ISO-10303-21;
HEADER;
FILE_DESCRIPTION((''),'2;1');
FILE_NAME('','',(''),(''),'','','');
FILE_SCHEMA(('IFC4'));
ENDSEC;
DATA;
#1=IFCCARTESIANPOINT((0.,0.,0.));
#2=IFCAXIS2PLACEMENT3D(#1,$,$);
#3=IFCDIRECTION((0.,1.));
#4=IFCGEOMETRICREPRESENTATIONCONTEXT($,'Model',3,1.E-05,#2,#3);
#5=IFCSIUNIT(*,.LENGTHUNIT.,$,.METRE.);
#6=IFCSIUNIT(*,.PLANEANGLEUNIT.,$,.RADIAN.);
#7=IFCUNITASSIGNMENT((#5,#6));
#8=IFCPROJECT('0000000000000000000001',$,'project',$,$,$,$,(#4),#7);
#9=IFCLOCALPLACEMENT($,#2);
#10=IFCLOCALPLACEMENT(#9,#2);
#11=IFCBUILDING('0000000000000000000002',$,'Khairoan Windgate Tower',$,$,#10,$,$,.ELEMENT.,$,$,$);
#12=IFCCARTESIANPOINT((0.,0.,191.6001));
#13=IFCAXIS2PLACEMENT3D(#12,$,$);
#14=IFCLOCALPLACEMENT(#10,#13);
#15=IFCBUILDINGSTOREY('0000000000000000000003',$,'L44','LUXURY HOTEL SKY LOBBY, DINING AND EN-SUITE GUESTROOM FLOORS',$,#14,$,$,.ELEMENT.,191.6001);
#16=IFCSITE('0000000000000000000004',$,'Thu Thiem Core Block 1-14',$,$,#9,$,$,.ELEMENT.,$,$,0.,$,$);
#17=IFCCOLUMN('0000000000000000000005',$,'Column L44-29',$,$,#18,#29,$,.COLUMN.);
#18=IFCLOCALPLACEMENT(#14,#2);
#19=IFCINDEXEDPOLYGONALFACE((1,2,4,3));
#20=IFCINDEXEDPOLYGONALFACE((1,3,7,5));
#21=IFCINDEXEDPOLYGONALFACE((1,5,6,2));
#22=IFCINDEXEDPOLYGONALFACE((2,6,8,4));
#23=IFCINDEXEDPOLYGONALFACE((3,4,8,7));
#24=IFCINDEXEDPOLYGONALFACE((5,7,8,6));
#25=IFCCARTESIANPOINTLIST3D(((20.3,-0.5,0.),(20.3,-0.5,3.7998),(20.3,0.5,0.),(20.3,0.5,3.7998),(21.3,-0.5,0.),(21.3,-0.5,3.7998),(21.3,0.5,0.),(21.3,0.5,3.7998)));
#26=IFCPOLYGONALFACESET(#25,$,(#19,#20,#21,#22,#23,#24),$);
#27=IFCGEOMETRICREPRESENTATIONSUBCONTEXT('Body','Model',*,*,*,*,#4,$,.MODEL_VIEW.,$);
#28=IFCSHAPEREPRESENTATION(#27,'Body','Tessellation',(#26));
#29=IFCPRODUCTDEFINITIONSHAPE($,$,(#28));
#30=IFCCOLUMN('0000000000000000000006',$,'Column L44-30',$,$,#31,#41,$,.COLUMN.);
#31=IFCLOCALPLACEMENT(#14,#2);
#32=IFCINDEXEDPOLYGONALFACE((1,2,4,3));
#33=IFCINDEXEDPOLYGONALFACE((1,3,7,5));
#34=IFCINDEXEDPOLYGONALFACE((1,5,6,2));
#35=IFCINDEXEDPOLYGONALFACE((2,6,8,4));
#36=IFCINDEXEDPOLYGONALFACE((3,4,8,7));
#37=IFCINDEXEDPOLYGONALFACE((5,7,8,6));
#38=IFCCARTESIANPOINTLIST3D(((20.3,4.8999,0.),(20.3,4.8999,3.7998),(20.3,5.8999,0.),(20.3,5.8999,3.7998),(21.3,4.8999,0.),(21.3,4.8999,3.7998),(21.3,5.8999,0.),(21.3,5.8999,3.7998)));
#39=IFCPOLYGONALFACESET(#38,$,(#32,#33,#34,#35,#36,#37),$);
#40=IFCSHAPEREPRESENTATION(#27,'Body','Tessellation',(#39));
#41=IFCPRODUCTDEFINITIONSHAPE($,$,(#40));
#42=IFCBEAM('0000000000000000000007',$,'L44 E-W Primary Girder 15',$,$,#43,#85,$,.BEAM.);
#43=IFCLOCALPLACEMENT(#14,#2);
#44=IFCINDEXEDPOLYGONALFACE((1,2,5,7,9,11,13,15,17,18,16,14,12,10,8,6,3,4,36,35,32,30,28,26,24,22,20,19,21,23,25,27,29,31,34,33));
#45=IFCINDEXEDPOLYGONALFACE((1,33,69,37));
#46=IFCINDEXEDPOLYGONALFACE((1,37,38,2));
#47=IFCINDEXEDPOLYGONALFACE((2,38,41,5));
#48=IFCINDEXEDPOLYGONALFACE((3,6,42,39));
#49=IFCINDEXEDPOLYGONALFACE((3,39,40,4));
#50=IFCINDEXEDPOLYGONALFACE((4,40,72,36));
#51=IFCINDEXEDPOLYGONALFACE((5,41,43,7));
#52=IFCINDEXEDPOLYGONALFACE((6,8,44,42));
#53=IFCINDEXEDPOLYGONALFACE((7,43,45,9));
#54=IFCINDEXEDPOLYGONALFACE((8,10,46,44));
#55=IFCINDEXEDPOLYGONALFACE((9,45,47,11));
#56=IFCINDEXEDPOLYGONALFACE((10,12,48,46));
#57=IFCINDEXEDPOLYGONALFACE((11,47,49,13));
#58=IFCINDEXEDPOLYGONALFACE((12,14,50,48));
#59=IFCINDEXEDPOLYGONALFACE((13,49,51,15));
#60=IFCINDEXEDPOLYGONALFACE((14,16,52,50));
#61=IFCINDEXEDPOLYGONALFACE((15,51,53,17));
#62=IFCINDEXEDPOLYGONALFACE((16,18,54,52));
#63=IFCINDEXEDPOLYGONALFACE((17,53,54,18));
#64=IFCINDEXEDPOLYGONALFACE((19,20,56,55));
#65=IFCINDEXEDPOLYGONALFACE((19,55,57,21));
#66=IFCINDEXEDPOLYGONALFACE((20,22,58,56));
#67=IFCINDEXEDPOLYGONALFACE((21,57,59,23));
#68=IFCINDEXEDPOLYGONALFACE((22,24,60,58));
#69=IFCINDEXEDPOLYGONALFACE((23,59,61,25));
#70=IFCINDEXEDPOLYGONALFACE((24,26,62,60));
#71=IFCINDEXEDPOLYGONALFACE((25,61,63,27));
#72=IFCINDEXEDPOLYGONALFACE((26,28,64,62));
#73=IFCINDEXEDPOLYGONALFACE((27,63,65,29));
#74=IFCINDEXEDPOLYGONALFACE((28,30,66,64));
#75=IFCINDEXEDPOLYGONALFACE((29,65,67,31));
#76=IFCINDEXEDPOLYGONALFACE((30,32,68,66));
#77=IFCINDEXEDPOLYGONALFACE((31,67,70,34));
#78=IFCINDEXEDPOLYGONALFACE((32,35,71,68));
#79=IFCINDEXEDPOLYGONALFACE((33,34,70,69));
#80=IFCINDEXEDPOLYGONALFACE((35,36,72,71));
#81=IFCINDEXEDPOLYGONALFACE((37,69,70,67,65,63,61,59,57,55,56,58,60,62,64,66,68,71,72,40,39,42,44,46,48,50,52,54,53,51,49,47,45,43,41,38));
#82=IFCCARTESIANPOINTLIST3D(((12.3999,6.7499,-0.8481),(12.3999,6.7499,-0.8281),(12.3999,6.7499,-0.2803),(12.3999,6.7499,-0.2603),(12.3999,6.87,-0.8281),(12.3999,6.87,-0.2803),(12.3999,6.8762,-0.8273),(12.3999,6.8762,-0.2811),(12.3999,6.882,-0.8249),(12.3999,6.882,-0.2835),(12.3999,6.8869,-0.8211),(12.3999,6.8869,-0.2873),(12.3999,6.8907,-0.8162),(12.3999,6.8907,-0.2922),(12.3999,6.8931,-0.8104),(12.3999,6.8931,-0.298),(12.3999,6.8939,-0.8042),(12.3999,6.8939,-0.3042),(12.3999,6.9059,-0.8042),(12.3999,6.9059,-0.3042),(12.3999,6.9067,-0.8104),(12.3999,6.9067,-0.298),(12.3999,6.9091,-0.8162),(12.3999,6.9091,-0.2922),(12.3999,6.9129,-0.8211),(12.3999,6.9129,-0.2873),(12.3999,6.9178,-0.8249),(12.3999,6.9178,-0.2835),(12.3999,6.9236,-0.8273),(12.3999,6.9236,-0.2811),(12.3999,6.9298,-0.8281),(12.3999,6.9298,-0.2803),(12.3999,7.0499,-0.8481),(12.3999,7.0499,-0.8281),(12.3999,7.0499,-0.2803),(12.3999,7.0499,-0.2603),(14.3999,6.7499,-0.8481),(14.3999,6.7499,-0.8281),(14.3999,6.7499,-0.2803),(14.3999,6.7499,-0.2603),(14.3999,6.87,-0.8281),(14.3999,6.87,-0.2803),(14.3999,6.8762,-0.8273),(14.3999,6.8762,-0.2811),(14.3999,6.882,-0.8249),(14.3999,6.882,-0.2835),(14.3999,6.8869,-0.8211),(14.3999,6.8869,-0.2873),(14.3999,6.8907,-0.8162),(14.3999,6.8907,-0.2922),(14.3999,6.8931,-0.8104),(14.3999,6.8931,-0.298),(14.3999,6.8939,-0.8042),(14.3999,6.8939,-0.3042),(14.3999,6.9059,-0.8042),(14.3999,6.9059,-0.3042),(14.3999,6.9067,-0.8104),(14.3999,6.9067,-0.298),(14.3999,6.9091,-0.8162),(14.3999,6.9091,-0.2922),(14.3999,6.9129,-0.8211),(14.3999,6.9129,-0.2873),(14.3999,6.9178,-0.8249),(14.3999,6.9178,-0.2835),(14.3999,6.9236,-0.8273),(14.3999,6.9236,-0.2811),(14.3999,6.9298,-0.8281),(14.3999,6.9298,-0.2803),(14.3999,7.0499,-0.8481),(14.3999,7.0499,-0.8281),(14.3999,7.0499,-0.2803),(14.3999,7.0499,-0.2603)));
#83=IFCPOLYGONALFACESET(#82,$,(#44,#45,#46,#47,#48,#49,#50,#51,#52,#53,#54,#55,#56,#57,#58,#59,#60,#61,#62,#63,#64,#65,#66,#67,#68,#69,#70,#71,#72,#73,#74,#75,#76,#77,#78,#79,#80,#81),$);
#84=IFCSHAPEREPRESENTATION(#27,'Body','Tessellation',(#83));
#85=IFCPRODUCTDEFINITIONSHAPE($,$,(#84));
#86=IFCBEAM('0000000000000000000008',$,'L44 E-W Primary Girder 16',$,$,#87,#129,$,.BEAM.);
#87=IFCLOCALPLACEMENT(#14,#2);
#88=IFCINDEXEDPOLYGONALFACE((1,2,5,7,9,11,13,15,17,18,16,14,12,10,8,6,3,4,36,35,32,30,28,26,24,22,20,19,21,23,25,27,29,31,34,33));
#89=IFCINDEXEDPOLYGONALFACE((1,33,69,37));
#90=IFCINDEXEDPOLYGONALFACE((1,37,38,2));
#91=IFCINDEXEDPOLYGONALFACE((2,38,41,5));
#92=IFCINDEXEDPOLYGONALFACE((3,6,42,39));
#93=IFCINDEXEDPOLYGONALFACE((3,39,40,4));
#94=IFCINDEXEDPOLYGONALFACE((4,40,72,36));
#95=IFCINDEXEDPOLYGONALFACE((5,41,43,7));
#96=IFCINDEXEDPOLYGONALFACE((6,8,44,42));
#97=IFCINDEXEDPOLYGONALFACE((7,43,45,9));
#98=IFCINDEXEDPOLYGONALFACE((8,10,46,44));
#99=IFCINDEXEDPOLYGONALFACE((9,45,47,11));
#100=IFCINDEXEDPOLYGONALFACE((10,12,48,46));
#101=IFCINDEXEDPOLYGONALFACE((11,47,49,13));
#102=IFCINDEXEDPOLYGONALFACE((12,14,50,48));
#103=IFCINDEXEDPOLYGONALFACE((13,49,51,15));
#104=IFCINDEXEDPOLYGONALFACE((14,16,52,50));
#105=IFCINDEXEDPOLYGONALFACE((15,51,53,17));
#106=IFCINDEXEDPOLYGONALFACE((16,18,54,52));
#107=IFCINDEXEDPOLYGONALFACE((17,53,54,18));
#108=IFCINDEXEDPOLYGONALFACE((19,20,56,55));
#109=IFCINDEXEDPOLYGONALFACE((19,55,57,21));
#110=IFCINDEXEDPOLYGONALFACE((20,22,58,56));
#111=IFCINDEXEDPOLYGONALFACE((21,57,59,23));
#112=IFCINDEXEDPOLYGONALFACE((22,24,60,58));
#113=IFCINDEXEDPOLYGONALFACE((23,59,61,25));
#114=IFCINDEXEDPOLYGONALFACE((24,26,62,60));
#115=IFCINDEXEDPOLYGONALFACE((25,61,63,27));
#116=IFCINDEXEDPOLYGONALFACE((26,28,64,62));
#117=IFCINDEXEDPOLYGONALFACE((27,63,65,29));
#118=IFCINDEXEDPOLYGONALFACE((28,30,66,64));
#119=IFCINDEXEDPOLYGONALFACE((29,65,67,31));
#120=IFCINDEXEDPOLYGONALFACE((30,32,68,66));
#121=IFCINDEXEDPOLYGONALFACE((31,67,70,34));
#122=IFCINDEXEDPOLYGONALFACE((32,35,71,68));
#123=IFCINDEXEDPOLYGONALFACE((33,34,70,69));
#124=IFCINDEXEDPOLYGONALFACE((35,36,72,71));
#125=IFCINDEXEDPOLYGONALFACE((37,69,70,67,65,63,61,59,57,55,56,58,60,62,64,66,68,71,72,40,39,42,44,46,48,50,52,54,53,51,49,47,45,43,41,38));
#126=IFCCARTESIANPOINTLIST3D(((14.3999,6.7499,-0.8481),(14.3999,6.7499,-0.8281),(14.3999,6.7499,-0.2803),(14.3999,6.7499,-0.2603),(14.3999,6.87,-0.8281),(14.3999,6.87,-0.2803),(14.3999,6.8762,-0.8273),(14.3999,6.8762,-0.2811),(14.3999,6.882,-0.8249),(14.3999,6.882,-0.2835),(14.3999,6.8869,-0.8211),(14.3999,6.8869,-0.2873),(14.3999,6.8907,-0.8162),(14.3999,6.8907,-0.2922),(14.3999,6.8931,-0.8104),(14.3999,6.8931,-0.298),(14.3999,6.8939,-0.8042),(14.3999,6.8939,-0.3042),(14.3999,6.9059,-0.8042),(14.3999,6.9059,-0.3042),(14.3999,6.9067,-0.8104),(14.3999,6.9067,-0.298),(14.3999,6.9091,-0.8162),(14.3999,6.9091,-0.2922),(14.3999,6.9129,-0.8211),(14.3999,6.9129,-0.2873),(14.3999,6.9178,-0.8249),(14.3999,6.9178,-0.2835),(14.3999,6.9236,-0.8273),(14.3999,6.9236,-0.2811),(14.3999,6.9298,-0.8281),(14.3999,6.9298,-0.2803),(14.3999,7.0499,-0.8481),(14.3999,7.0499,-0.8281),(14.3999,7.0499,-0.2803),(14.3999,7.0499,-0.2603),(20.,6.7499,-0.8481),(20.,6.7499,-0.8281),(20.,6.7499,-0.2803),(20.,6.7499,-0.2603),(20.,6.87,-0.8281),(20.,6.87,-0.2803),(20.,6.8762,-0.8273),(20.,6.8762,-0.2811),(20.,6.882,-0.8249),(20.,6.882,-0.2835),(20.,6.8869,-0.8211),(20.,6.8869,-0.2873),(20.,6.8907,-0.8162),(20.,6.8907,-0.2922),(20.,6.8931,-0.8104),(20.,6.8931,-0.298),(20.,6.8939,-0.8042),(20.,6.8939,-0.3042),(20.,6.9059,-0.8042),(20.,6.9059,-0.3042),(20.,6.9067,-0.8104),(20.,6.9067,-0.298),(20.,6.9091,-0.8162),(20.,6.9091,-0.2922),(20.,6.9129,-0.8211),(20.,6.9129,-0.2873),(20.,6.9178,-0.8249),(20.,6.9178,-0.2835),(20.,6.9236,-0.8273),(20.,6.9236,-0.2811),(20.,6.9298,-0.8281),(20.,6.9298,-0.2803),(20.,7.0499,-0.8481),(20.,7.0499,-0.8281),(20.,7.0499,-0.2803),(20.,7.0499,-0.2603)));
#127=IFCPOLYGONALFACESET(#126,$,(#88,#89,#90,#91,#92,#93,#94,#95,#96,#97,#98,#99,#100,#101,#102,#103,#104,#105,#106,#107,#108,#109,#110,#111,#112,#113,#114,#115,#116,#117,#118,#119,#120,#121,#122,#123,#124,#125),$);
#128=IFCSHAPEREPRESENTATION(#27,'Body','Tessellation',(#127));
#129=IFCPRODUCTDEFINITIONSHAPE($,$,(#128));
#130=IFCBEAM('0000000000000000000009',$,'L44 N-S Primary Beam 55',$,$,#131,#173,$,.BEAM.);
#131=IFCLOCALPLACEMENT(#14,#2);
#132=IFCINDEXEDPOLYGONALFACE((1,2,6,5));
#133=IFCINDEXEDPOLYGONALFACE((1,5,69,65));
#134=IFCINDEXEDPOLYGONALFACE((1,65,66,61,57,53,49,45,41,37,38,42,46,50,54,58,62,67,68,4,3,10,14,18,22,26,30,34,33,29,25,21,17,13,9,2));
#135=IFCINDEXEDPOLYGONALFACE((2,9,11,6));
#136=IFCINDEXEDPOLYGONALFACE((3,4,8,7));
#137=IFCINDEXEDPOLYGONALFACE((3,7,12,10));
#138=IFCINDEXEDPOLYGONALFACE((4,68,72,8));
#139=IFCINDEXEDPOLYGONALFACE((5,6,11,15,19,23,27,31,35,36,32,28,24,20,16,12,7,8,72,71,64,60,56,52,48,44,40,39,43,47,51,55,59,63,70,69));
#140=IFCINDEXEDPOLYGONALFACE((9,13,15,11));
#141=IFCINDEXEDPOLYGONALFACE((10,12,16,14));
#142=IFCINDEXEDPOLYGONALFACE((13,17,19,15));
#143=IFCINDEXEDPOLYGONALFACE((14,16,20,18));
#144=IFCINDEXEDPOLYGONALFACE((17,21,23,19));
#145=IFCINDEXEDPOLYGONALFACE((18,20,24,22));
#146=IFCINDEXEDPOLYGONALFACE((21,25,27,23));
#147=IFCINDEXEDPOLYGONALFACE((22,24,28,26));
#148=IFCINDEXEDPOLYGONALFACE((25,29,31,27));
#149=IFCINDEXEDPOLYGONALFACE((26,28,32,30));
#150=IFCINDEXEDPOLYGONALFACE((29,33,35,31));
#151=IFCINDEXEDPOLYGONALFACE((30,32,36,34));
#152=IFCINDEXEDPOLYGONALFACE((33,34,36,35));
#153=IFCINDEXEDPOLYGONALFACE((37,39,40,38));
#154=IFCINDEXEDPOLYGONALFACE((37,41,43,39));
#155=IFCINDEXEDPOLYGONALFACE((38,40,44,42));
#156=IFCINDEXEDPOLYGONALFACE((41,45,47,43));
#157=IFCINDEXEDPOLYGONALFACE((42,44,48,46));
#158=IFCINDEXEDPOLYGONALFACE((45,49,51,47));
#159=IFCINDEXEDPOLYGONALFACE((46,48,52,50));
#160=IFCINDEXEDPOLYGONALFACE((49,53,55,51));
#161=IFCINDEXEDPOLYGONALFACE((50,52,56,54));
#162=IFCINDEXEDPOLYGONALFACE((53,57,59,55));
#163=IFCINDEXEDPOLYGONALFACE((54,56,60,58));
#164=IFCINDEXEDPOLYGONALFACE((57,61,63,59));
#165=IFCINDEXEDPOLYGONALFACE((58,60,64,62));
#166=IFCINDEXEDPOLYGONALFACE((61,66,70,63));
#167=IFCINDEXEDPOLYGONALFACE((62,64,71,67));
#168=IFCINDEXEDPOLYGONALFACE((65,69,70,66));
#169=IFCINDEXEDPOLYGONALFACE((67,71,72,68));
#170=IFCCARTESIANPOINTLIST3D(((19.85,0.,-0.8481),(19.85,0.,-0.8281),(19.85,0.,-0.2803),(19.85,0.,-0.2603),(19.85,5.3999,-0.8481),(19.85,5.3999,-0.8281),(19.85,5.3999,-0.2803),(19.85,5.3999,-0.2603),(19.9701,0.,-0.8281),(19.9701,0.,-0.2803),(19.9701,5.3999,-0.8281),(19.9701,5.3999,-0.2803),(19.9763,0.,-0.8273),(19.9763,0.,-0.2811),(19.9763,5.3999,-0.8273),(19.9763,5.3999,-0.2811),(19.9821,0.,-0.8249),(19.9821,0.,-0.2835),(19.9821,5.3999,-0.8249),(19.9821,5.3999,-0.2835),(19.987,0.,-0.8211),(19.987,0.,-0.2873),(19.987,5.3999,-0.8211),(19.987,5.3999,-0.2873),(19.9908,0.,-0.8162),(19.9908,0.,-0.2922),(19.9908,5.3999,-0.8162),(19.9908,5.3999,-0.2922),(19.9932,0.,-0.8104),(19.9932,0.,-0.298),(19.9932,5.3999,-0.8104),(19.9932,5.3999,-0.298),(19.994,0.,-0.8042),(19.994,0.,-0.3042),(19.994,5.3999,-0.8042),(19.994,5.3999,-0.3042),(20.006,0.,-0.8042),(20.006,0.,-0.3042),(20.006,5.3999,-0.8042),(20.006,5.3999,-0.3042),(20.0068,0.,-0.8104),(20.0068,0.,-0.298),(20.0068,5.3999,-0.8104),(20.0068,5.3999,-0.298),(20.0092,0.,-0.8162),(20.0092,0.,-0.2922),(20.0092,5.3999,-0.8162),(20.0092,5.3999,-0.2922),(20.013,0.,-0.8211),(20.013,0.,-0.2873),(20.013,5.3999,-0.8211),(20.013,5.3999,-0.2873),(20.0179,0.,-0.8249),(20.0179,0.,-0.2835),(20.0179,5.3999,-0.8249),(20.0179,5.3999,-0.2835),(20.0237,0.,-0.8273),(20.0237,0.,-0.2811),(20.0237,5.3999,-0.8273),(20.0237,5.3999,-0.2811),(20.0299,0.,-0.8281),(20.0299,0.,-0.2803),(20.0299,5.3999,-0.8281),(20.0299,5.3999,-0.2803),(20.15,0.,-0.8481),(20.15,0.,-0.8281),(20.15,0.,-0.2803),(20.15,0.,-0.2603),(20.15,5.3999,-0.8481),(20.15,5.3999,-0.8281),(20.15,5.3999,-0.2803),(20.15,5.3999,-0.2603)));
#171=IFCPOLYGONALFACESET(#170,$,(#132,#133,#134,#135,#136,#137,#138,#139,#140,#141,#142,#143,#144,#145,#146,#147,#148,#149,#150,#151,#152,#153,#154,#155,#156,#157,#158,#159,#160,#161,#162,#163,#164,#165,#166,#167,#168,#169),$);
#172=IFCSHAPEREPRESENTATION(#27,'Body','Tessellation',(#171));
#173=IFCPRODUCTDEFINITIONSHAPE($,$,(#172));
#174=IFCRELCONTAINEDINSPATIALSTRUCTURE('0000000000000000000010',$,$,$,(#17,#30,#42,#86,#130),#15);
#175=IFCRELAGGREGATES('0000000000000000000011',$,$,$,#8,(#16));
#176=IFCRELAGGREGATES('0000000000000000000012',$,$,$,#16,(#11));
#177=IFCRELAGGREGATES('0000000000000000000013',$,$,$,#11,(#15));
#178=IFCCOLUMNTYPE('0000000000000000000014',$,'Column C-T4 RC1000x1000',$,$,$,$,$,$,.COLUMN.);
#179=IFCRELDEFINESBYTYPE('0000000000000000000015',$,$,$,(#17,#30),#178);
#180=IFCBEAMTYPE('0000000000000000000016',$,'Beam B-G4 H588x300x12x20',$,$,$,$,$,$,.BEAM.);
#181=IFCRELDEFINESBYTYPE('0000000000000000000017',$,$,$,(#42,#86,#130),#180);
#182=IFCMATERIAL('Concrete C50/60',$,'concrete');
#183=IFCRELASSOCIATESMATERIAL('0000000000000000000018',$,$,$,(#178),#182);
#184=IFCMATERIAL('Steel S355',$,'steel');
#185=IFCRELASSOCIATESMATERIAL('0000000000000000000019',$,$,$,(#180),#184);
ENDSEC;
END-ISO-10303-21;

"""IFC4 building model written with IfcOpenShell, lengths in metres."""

from ifc_helpers import new_model, si_unit, direction, frame, origin, origin_2d, place, context, subcontext, project, spatial, rectangle, i_section, extrude, material, material_profile, profile_set, type_object, element, save


model = new_model("IFC4")

# Units and contexts
model_context = context("Model", 3, precision=1e-05, world=origin(), true_north=direction((0.0, 1.0)))
body_context = subcontext(model_context, "Body", "Model", "MODEL_VIEW")
ifc_project = project(units=[si_unit("LENGTHUNIT", "METRE"), si_unit("PLANEANGLEUNIT", "RADIAN")], contexts=[model_context])

# Site, building, storey
site_placement = place(None, origin())
site = spatial("IfcSite", under=ifc_project, at=site_placement, Name="Thu Thiem Core Block 1-14", CompositionType="ELEMENT", RefElevation=0.0)
building_placement = place(site_placement, origin())
building = spatial("IfcBuilding", under=site, at=building_placement, Name="Khairoan Windgate Tower", CompositionType="ELEMENT")
storey_placement = place(building_placement, frame((0.0, 0.0, 191.6001)))
storey = spatial("IfcBuildingStorey", under=building, at=storey_placement, Name="L44", Description="LUXURY HOTEL SKY LOBBY, DINING AND EN-SUITE GUESTROOM FLOORS", CompositionType="ELEMENT", Elevation=191.6001)

# Columns
ifc_material_1 = material(Name="Concrete C50/60", Category="concrete")
ifc_material_profile_1 = material_profile(ifc_material_1, rectangle(XDim=1.0, YDim=1.0, at=origin_2d()))
ifc_profile_set_1 = profile_set([ifc_material_profile_1], Name="Concrete C50/60")
column_type = type_object("IfcColumnType", Name="Column C-T4 RC1000x1000", PredefinedType="COLUMN", material=ifc_profile_set_1)
for number, where, z_axis, x_axis, name in (
    (1, (20.8, 0.0, 0.0), (0.0, 0.0, 1.0), (1.0, 0.0, 0.0), "Column L44-29"),
    (2, (20.8, 5.3999, 0.0), (0.0, 0.0, 1.0), (1.0, 0.0, 0.0), "Column L44-30"),
):
    element("IfcColumn", number, at=place(storey_placement, frame(where, z_axis=z_axis, x_axis=x_axis)), inside=storey, type_object=column_type, Name=name, PredefinedType="COLUMN", context=body_context, shape_type="SweptSolid", body=[
        extrude(rectangle(XDim=1.0, YDim=1.0, at=origin_2d()), origin(), (0.0, 0.0, 1.0), 3.7998),
    ])

# Beams
ifc_material_2 = material(Name="Steel S355", Category="steel")
ifc_material_profile_2 = material_profile(ifc_material_2, i_section(OverallWidth=0.3, OverallDepth=0.5879, WebThickness=0.012, FlangeThickness=0.02, FilletRadius=0.0239, at=origin_2d()))
ifc_profile_set_2 = profile_set([ifc_material_profile_2], Name="Steel S355")
beam_type_1 = type_object("IfcBeamType", Name="Beam B-G4 H588x300x12x20", PredefinedType="BEAM", material=ifc_profile_set_2)
beam_1_placement = place(storey_placement, frame((12.3999, 6.8999, -0.5542), z_axis=(1.0, 0.0, 0.0), x_axis=(0.0, 1.0, 0.0)))
element("IfcBeam", 3, at=beam_1_placement, inside=storey, type_object=beam_type_1, Name="L44 E-W Primary Girder 15", PredefinedType="BEAM", context=body_context, shape_type="SweptSolid", body=[
    extrude(i_section(OverallWidth=0.3, OverallDepth=0.5879, WebThickness=0.012, FlangeThickness=0.02, FilletRadius=0.0239, at=origin_2d()), origin(), (0.0, 0.0, 1.0), 2.0),
])
beam_2_placement = place(storey_placement, frame((14.3999, 6.8999, -0.5542), z_axis=(1.0, 0.0, 0.0), x_axis=(0.0, 1.0, 0.0)))
element("IfcBeam", 4, at=beam_2_placement, inside=storey, type_object=beam_type_1, Name="L44 E-W Primary Girder 16", PredefinedType="BEAM", context=body_context, shape_type="SweptSolid", body=[
    extrude(i_section(OverallWidth=0.3, OverallDepth=0.5879, WebThickness=0.012, FlangeThickness=0.02, FilletRadius=0.0239, at=origin_2d()), origin(), (0.0, 0.0, 1.0), 5.6001),
])
beam_3_placement = place(storey_placement, frame((20.0, 0.0, -0.5542), z_axis=(0.0, 1.0, 0.0), x_axis=(-1.0, 0.0, 0.0)))
element("IfcBeam", 5, at=beam_3_placement, inside=storey, type_object=beam_type_1, Name="L44 N-S Primary Beam 55", PredefinedType="BEAM", context=body_context, shape_type="SweptSolid", body=[
    extrude(i_section(OverallWidth=0.3, OverallDepth=0.5879, WebThickness=0.012, FlangeThickness=0.02, FilletRadius=0.0239, at=origin_2d()), origin(), (0.0, 0.0, 1.0), 5.3999),
])

save(model, "model.ifc")
